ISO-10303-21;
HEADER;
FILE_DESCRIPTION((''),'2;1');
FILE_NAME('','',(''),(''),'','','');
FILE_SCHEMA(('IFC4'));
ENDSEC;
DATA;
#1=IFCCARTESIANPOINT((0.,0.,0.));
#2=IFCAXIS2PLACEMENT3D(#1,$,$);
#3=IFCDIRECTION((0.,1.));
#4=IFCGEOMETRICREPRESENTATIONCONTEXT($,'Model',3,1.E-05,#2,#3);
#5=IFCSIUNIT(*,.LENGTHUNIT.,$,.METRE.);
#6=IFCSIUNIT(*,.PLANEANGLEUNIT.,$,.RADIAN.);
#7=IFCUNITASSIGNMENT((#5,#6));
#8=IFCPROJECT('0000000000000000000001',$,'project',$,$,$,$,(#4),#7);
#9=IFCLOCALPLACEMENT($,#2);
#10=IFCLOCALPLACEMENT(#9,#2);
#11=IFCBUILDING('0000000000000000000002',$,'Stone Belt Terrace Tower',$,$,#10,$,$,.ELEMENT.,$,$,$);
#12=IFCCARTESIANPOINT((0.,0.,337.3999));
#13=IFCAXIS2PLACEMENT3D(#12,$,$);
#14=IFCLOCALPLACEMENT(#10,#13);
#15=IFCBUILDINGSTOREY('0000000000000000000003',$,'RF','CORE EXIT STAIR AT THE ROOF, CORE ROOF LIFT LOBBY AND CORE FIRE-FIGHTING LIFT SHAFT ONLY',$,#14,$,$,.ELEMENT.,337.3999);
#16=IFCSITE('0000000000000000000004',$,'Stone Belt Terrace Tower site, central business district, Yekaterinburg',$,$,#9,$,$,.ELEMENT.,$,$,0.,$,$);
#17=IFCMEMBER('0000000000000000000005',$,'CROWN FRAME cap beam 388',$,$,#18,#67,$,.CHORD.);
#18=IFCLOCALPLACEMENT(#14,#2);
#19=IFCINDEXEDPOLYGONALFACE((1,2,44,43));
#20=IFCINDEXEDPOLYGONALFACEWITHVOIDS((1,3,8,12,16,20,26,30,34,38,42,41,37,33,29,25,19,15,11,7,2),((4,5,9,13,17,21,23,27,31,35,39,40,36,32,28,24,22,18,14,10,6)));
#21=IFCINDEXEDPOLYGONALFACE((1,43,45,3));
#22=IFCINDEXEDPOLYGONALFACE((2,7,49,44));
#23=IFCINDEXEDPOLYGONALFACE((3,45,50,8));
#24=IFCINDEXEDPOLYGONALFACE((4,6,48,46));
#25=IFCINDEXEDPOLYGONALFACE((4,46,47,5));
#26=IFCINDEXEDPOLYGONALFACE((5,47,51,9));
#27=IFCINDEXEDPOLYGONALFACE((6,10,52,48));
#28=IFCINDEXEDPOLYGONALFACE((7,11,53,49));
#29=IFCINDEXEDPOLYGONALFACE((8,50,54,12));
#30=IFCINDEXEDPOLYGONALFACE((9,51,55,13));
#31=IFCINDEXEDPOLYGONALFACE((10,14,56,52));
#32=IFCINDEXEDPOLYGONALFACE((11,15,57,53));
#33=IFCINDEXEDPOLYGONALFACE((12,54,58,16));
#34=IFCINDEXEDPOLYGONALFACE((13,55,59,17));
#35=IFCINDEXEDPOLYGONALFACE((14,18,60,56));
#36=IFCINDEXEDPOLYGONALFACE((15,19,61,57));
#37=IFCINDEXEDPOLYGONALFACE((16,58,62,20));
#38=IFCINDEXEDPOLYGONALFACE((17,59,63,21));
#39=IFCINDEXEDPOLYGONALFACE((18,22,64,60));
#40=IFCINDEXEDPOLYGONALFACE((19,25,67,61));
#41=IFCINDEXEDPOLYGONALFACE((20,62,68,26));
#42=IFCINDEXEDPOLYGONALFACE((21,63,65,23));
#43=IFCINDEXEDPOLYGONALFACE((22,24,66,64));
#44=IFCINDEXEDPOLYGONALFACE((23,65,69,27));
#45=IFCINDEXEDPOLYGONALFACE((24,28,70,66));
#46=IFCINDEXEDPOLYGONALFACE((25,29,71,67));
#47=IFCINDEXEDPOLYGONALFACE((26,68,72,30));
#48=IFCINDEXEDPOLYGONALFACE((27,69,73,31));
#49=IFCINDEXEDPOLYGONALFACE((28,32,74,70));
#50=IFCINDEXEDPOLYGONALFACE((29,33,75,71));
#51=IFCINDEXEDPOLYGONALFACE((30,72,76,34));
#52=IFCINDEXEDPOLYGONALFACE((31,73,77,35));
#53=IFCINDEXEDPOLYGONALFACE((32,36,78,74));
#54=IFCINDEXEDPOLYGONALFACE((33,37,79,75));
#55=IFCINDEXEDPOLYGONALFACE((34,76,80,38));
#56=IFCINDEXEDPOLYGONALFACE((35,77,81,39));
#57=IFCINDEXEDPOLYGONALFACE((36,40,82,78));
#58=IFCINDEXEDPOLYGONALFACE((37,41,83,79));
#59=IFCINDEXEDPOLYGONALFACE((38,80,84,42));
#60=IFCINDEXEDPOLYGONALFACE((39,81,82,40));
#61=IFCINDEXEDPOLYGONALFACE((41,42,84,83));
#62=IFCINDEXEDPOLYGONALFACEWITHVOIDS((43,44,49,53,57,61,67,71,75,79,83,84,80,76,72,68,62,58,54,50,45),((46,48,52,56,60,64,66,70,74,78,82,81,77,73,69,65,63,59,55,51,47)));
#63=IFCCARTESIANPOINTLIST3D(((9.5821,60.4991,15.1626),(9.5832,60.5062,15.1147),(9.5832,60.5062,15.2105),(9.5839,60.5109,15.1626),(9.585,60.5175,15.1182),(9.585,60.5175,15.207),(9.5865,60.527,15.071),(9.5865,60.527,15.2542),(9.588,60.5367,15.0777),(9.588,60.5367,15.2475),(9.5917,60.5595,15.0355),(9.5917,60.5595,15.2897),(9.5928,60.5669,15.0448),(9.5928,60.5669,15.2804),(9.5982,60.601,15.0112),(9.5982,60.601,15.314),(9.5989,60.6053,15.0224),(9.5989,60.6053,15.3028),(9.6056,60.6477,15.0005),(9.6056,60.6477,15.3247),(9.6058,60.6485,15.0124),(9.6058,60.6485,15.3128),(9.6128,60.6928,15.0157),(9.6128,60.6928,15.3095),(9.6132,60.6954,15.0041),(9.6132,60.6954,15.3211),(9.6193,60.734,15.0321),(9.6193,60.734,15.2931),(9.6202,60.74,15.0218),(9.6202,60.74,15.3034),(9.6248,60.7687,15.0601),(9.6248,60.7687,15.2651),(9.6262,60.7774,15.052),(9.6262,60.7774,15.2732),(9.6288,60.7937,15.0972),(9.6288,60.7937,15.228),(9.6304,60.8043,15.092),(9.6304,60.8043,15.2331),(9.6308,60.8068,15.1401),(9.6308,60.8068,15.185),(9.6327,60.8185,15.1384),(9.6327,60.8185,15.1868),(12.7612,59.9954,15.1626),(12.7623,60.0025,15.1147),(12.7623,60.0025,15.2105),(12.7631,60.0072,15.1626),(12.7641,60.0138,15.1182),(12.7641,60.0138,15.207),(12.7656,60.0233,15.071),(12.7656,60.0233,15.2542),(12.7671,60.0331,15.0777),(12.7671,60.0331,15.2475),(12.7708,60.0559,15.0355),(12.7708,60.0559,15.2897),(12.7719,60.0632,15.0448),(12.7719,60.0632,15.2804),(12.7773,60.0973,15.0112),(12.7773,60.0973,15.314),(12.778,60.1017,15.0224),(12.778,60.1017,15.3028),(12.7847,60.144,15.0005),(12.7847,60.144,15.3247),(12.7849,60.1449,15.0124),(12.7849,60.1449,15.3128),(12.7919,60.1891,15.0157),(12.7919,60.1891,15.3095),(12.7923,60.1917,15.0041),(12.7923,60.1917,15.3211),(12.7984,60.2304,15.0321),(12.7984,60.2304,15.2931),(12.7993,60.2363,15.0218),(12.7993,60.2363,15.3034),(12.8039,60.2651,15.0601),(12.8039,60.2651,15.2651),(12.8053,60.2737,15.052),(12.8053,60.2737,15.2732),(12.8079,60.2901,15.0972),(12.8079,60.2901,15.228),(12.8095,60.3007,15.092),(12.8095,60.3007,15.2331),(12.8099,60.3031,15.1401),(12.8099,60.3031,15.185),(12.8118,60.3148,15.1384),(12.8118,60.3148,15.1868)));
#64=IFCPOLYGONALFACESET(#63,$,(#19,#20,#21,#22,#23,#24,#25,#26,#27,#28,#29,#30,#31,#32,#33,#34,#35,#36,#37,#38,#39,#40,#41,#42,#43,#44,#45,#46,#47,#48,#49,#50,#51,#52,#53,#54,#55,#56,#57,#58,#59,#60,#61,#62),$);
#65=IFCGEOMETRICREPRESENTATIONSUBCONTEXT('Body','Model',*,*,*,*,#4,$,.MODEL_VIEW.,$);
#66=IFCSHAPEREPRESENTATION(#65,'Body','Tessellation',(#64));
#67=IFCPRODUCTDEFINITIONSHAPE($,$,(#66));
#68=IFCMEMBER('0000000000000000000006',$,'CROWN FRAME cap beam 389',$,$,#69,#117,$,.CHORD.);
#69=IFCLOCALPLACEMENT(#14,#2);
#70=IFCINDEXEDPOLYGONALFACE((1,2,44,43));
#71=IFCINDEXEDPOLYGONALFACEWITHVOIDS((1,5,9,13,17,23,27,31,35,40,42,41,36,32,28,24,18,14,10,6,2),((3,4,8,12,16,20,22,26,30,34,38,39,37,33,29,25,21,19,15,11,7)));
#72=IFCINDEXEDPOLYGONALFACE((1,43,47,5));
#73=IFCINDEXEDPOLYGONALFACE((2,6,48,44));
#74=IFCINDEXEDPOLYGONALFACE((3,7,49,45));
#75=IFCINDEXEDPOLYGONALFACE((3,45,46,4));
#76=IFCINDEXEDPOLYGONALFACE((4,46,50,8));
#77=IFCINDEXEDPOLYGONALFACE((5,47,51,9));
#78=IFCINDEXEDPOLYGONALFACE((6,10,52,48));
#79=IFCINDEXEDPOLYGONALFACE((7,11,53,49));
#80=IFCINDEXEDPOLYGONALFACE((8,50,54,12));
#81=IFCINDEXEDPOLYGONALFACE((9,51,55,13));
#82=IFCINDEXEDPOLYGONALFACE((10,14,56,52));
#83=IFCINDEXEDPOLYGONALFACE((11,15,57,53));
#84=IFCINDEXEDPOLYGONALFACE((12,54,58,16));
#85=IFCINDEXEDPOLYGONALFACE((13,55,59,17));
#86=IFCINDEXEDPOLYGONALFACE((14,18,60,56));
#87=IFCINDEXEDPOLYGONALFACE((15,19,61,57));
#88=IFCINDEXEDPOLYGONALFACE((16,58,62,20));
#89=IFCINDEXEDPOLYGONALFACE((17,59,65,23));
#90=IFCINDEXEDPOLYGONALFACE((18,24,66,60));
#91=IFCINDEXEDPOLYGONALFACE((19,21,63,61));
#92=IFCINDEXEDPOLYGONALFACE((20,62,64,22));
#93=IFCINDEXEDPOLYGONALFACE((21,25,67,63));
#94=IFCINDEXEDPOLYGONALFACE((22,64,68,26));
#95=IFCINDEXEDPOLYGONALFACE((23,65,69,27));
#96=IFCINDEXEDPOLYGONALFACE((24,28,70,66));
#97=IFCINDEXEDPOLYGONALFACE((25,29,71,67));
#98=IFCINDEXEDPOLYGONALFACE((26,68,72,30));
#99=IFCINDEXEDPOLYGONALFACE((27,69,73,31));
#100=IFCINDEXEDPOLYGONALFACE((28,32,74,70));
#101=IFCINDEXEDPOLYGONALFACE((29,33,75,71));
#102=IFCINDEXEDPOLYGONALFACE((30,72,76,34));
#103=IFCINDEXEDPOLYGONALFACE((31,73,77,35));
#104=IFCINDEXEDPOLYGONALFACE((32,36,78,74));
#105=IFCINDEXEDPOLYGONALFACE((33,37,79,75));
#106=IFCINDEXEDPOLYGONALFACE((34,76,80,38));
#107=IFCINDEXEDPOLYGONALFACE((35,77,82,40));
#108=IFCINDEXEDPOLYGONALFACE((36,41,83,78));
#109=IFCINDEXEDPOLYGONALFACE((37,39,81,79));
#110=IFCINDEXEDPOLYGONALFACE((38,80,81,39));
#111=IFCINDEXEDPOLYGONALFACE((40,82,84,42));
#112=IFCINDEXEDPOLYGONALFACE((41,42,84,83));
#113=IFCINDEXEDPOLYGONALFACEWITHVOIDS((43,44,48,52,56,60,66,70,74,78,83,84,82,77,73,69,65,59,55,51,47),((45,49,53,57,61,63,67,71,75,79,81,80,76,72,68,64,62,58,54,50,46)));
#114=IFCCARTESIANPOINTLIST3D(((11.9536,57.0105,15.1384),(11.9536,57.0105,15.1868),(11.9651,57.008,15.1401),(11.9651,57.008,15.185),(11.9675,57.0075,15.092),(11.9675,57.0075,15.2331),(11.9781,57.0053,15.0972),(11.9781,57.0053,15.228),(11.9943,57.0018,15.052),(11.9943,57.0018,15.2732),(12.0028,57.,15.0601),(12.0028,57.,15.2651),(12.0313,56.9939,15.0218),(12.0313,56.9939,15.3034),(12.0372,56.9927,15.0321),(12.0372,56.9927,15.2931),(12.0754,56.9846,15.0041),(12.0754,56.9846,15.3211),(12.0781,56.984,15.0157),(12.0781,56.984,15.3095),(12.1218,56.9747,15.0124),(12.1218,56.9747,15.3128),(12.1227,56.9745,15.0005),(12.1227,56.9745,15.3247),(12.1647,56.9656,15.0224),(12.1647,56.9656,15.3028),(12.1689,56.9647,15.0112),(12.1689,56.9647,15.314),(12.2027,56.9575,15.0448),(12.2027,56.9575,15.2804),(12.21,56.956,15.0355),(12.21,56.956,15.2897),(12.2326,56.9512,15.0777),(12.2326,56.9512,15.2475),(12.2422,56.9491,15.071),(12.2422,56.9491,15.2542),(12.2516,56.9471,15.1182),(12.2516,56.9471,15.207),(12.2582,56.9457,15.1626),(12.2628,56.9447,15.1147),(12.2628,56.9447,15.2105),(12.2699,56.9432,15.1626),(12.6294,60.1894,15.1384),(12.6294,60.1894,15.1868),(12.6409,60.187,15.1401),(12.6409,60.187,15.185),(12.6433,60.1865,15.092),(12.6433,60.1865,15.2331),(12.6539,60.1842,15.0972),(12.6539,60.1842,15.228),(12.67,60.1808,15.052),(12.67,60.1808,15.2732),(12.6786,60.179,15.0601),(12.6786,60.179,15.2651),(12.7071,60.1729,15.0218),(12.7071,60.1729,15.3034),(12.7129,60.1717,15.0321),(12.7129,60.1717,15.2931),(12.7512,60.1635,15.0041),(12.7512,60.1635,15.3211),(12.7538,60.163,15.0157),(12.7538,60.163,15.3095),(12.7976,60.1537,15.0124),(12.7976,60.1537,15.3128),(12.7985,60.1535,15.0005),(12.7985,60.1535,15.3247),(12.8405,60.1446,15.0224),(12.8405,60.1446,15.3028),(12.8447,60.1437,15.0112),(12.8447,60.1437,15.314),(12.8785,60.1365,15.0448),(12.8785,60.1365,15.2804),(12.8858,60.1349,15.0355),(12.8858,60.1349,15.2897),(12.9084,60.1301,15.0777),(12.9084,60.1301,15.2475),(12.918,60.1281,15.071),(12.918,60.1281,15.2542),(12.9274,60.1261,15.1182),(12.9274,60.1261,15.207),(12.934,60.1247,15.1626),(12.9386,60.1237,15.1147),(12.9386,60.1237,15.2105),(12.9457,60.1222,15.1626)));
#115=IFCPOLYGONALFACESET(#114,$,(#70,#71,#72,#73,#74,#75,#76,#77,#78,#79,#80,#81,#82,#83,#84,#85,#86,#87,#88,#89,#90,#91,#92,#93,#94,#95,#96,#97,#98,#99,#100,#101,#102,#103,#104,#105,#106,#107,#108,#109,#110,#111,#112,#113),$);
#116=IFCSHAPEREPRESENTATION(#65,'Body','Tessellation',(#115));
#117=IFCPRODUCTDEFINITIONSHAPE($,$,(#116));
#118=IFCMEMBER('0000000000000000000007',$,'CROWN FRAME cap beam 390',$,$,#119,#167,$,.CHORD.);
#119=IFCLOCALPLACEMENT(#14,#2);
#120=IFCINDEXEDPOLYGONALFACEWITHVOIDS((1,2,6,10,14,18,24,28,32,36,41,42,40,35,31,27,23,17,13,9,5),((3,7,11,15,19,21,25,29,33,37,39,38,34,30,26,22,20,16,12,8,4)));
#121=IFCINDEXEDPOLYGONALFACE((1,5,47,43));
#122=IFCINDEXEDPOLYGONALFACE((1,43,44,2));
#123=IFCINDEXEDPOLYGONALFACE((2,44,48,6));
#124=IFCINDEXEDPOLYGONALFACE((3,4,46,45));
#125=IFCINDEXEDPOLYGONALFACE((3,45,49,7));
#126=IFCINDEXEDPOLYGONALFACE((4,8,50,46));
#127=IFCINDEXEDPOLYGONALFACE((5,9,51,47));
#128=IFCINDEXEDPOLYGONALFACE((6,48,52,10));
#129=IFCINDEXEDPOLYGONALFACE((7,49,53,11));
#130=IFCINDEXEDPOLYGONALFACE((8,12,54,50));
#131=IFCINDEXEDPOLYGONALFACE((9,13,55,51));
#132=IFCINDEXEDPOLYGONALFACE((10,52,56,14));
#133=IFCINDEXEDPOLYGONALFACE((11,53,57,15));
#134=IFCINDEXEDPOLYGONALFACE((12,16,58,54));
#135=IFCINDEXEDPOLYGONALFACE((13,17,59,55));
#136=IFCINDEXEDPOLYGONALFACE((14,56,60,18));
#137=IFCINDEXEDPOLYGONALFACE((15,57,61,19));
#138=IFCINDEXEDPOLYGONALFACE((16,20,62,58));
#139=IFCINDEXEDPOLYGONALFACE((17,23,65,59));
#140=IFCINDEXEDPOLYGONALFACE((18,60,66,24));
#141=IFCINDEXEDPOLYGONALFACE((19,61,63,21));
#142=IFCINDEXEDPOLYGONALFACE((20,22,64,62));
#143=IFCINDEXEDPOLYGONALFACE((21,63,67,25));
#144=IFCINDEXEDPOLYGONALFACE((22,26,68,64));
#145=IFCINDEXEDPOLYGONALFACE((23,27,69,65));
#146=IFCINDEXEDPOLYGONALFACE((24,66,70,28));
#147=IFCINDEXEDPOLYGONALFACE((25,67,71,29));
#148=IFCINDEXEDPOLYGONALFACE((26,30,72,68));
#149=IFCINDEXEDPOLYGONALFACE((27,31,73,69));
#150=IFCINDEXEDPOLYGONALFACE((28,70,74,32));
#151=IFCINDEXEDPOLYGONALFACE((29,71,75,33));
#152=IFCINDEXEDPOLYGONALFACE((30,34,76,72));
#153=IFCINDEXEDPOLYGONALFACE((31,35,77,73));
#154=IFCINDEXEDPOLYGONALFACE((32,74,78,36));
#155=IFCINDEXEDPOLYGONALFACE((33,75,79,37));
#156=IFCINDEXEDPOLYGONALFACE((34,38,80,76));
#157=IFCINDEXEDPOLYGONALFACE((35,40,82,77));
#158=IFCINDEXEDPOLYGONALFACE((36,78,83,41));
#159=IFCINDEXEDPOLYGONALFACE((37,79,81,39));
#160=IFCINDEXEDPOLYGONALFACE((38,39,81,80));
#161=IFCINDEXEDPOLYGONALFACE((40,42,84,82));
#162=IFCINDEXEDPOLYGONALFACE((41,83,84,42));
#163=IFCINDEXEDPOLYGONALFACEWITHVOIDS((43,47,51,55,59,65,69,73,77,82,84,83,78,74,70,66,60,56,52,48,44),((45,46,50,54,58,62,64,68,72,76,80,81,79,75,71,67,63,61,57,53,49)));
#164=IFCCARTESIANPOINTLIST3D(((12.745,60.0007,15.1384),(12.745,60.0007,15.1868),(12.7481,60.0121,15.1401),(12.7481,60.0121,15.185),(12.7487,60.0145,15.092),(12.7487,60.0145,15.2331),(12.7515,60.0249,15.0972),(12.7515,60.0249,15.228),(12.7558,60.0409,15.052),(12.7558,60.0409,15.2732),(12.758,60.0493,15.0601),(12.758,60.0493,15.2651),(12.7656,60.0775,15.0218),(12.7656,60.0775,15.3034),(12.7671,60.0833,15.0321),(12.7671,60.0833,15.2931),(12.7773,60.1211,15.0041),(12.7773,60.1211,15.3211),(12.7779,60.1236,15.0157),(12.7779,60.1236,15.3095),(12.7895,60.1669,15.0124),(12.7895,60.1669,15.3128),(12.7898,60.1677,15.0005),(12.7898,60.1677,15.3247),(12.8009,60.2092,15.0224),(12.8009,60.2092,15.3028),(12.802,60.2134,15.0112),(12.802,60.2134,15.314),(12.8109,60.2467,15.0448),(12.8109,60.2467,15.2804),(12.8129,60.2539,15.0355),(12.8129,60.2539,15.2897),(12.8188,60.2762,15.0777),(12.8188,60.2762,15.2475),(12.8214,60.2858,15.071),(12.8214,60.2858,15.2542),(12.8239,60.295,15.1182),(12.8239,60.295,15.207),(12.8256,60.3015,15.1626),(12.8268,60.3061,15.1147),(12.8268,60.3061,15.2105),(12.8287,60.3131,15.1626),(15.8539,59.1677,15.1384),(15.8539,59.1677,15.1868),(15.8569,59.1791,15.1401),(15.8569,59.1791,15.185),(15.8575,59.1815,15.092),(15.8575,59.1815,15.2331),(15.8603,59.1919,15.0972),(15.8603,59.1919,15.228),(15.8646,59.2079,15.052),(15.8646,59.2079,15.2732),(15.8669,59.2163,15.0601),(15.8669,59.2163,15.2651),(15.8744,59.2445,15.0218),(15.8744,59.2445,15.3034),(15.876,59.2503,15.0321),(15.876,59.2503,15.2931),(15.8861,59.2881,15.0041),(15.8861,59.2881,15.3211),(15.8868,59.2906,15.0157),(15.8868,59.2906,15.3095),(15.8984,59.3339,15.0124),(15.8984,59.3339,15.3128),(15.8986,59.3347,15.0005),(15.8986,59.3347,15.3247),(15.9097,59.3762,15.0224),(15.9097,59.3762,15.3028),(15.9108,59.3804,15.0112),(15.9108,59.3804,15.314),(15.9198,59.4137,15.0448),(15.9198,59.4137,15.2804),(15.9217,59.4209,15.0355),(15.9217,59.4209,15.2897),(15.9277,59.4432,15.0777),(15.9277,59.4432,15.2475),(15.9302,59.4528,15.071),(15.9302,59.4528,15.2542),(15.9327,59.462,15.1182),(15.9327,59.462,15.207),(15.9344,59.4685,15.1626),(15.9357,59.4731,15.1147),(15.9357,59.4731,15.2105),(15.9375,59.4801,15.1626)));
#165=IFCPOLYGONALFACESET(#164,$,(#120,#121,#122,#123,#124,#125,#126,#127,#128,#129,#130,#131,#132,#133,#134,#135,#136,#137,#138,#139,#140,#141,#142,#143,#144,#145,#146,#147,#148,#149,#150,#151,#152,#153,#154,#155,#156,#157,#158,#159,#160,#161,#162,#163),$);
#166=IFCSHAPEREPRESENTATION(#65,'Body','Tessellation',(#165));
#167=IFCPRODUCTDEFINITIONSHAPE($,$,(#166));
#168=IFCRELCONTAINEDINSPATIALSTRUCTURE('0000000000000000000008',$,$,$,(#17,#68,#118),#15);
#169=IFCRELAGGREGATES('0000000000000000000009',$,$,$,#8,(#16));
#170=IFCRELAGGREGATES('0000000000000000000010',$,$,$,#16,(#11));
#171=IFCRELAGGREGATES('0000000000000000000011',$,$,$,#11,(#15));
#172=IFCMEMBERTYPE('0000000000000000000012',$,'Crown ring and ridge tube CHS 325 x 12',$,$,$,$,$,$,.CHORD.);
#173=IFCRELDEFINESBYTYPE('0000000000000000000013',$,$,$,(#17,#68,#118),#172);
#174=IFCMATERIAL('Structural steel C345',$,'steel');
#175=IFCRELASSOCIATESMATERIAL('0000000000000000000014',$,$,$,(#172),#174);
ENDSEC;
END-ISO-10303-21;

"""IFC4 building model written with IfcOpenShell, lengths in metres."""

from ifc_helpers import new_model, si_unit, direction, frame, origin, origin_2d, place, context, subcontext, project, spatial, hollow_circle, extrude, material, material_profile, profile_set, type_object, element, save


model = new_model("IFC4")

# Units and contexts
model_context = context("Model", 3, precision=1e-05, world=origin(), true_north=direction((0.0, 1.0)))
body_context = subcontext(model_context, "Body", "Model", "MODEL_VIEW")
ifc_project = project(units=[si_unit("LENGTHUNIT", "METRE"), si_unit("PLANEANGLEUNIT", "RADIAN")], contexts=[model_context])

# Site, building, storey
site_placement = place(None, origin())
site = spatial("IfcSite", under=ifc_project, at=site_placement, Name="Stone Belt Terrace Tower site, central business district, Yekaterinburg", CompositionType="ELEMENT", RefElevation=0.0)
building_placement = place(site_placement, origin())
building = spatial("IfcBuilding", under=site, at=building_placement, Name="Stone Belt Terrace Tower", CompositionType="ELEMENT")
storey_placement = place(building_placement, frame((0.0, 0.0, 337.3999)))
storey = spatial("IfcBuildingStorey", under=building, at=storey_placement, Name="RF", Description="CORE EXIT STAIR AT THE ROOF, CORE ROOF LIFT LOBBY AND CORE FIRE-FIGHTING LIFT SHAFT ONLY", CompositionType="ELEMENT", Elevation=337.3999)

# Members
ifc_material_1 = material(Name="Structural steel C345", Category="steel")
ifc_material_profile = material_profile(ifc_material_1, hollow_circle(Radius=0.1626, WallThickness=0.012, at=origin_2d()), Name="Structural steel C345 CHS 325x12")
ifc_profile_set = profile_set([ifc_material_profile], Name="Structural steel C345")
member_type = type_object("IfcMemberType", Name="Crown ring and ridge tube CHS 325 x 12", PredefinedType="CHORD", material=ifc_profile_set)
member_1_placement = place(storey_placement, frame((12.7866, 60.156, 15.1626), z_axis=(-0.987682, 0.156473, 0.0), x_axis=(-0.156473, -0.987682, 0.0)))
element("IfcMember", 1, at=member_1_placement, inside=storey, type_object=member_type, Name="CROWN FRAME cap beam 388", PredefinedType="CHORD", context=body_context, shape_type="SweptSolid", body=[
    extrude(hollow_circle(Radius=0.1626, WallThickness=0.012, at=origin_2d()), origin(), (0.0, 0.0, 1.0), 3.2188),
])
member_2_placement = place(storey_placement, frame((12.7866, 60.156, 15.1626), z_axis=(-0.207933, -0.978143, 0.0), x_axis=(0.978143, -0.207933, 0.0)))
element("IfcMember", 2, at=member_2_placement, inside=storey, type_object=member_type, Name="CROWN FRAME cap beam 389", PredefinedType="CHORD", context=body_context, shape_type="SweptSolid", body=[
    extrude(hollow_circle(Radius=0.1626, WallThickness=0.012, at=origin_2d()), origin(), (0.0, 0.0, 1.0), 3.25),
])
member_3_placement = place(storey_placement, frame((12.7866, 60.156, 15.1626), z_axis=(0.965927, -0.258814, 0.0), x_axis=(0.258814, 0.965927, 0.0)))
element("IfcMember", 3, at=member_3_placement, inside=storey, type_object=member_type, Name="CROWN FRAME cap beam 390", PredefinedType="CHORD", context=body_context, shape_type="SweptSolid", body=[
    extrude(hollow_circle(Radius=0.1626, WallThickness=0.012, at=origin_2d()), origin(), (0.0, 0.0, 1.0), 3.2185),
])

save(model, "model.ifc")
